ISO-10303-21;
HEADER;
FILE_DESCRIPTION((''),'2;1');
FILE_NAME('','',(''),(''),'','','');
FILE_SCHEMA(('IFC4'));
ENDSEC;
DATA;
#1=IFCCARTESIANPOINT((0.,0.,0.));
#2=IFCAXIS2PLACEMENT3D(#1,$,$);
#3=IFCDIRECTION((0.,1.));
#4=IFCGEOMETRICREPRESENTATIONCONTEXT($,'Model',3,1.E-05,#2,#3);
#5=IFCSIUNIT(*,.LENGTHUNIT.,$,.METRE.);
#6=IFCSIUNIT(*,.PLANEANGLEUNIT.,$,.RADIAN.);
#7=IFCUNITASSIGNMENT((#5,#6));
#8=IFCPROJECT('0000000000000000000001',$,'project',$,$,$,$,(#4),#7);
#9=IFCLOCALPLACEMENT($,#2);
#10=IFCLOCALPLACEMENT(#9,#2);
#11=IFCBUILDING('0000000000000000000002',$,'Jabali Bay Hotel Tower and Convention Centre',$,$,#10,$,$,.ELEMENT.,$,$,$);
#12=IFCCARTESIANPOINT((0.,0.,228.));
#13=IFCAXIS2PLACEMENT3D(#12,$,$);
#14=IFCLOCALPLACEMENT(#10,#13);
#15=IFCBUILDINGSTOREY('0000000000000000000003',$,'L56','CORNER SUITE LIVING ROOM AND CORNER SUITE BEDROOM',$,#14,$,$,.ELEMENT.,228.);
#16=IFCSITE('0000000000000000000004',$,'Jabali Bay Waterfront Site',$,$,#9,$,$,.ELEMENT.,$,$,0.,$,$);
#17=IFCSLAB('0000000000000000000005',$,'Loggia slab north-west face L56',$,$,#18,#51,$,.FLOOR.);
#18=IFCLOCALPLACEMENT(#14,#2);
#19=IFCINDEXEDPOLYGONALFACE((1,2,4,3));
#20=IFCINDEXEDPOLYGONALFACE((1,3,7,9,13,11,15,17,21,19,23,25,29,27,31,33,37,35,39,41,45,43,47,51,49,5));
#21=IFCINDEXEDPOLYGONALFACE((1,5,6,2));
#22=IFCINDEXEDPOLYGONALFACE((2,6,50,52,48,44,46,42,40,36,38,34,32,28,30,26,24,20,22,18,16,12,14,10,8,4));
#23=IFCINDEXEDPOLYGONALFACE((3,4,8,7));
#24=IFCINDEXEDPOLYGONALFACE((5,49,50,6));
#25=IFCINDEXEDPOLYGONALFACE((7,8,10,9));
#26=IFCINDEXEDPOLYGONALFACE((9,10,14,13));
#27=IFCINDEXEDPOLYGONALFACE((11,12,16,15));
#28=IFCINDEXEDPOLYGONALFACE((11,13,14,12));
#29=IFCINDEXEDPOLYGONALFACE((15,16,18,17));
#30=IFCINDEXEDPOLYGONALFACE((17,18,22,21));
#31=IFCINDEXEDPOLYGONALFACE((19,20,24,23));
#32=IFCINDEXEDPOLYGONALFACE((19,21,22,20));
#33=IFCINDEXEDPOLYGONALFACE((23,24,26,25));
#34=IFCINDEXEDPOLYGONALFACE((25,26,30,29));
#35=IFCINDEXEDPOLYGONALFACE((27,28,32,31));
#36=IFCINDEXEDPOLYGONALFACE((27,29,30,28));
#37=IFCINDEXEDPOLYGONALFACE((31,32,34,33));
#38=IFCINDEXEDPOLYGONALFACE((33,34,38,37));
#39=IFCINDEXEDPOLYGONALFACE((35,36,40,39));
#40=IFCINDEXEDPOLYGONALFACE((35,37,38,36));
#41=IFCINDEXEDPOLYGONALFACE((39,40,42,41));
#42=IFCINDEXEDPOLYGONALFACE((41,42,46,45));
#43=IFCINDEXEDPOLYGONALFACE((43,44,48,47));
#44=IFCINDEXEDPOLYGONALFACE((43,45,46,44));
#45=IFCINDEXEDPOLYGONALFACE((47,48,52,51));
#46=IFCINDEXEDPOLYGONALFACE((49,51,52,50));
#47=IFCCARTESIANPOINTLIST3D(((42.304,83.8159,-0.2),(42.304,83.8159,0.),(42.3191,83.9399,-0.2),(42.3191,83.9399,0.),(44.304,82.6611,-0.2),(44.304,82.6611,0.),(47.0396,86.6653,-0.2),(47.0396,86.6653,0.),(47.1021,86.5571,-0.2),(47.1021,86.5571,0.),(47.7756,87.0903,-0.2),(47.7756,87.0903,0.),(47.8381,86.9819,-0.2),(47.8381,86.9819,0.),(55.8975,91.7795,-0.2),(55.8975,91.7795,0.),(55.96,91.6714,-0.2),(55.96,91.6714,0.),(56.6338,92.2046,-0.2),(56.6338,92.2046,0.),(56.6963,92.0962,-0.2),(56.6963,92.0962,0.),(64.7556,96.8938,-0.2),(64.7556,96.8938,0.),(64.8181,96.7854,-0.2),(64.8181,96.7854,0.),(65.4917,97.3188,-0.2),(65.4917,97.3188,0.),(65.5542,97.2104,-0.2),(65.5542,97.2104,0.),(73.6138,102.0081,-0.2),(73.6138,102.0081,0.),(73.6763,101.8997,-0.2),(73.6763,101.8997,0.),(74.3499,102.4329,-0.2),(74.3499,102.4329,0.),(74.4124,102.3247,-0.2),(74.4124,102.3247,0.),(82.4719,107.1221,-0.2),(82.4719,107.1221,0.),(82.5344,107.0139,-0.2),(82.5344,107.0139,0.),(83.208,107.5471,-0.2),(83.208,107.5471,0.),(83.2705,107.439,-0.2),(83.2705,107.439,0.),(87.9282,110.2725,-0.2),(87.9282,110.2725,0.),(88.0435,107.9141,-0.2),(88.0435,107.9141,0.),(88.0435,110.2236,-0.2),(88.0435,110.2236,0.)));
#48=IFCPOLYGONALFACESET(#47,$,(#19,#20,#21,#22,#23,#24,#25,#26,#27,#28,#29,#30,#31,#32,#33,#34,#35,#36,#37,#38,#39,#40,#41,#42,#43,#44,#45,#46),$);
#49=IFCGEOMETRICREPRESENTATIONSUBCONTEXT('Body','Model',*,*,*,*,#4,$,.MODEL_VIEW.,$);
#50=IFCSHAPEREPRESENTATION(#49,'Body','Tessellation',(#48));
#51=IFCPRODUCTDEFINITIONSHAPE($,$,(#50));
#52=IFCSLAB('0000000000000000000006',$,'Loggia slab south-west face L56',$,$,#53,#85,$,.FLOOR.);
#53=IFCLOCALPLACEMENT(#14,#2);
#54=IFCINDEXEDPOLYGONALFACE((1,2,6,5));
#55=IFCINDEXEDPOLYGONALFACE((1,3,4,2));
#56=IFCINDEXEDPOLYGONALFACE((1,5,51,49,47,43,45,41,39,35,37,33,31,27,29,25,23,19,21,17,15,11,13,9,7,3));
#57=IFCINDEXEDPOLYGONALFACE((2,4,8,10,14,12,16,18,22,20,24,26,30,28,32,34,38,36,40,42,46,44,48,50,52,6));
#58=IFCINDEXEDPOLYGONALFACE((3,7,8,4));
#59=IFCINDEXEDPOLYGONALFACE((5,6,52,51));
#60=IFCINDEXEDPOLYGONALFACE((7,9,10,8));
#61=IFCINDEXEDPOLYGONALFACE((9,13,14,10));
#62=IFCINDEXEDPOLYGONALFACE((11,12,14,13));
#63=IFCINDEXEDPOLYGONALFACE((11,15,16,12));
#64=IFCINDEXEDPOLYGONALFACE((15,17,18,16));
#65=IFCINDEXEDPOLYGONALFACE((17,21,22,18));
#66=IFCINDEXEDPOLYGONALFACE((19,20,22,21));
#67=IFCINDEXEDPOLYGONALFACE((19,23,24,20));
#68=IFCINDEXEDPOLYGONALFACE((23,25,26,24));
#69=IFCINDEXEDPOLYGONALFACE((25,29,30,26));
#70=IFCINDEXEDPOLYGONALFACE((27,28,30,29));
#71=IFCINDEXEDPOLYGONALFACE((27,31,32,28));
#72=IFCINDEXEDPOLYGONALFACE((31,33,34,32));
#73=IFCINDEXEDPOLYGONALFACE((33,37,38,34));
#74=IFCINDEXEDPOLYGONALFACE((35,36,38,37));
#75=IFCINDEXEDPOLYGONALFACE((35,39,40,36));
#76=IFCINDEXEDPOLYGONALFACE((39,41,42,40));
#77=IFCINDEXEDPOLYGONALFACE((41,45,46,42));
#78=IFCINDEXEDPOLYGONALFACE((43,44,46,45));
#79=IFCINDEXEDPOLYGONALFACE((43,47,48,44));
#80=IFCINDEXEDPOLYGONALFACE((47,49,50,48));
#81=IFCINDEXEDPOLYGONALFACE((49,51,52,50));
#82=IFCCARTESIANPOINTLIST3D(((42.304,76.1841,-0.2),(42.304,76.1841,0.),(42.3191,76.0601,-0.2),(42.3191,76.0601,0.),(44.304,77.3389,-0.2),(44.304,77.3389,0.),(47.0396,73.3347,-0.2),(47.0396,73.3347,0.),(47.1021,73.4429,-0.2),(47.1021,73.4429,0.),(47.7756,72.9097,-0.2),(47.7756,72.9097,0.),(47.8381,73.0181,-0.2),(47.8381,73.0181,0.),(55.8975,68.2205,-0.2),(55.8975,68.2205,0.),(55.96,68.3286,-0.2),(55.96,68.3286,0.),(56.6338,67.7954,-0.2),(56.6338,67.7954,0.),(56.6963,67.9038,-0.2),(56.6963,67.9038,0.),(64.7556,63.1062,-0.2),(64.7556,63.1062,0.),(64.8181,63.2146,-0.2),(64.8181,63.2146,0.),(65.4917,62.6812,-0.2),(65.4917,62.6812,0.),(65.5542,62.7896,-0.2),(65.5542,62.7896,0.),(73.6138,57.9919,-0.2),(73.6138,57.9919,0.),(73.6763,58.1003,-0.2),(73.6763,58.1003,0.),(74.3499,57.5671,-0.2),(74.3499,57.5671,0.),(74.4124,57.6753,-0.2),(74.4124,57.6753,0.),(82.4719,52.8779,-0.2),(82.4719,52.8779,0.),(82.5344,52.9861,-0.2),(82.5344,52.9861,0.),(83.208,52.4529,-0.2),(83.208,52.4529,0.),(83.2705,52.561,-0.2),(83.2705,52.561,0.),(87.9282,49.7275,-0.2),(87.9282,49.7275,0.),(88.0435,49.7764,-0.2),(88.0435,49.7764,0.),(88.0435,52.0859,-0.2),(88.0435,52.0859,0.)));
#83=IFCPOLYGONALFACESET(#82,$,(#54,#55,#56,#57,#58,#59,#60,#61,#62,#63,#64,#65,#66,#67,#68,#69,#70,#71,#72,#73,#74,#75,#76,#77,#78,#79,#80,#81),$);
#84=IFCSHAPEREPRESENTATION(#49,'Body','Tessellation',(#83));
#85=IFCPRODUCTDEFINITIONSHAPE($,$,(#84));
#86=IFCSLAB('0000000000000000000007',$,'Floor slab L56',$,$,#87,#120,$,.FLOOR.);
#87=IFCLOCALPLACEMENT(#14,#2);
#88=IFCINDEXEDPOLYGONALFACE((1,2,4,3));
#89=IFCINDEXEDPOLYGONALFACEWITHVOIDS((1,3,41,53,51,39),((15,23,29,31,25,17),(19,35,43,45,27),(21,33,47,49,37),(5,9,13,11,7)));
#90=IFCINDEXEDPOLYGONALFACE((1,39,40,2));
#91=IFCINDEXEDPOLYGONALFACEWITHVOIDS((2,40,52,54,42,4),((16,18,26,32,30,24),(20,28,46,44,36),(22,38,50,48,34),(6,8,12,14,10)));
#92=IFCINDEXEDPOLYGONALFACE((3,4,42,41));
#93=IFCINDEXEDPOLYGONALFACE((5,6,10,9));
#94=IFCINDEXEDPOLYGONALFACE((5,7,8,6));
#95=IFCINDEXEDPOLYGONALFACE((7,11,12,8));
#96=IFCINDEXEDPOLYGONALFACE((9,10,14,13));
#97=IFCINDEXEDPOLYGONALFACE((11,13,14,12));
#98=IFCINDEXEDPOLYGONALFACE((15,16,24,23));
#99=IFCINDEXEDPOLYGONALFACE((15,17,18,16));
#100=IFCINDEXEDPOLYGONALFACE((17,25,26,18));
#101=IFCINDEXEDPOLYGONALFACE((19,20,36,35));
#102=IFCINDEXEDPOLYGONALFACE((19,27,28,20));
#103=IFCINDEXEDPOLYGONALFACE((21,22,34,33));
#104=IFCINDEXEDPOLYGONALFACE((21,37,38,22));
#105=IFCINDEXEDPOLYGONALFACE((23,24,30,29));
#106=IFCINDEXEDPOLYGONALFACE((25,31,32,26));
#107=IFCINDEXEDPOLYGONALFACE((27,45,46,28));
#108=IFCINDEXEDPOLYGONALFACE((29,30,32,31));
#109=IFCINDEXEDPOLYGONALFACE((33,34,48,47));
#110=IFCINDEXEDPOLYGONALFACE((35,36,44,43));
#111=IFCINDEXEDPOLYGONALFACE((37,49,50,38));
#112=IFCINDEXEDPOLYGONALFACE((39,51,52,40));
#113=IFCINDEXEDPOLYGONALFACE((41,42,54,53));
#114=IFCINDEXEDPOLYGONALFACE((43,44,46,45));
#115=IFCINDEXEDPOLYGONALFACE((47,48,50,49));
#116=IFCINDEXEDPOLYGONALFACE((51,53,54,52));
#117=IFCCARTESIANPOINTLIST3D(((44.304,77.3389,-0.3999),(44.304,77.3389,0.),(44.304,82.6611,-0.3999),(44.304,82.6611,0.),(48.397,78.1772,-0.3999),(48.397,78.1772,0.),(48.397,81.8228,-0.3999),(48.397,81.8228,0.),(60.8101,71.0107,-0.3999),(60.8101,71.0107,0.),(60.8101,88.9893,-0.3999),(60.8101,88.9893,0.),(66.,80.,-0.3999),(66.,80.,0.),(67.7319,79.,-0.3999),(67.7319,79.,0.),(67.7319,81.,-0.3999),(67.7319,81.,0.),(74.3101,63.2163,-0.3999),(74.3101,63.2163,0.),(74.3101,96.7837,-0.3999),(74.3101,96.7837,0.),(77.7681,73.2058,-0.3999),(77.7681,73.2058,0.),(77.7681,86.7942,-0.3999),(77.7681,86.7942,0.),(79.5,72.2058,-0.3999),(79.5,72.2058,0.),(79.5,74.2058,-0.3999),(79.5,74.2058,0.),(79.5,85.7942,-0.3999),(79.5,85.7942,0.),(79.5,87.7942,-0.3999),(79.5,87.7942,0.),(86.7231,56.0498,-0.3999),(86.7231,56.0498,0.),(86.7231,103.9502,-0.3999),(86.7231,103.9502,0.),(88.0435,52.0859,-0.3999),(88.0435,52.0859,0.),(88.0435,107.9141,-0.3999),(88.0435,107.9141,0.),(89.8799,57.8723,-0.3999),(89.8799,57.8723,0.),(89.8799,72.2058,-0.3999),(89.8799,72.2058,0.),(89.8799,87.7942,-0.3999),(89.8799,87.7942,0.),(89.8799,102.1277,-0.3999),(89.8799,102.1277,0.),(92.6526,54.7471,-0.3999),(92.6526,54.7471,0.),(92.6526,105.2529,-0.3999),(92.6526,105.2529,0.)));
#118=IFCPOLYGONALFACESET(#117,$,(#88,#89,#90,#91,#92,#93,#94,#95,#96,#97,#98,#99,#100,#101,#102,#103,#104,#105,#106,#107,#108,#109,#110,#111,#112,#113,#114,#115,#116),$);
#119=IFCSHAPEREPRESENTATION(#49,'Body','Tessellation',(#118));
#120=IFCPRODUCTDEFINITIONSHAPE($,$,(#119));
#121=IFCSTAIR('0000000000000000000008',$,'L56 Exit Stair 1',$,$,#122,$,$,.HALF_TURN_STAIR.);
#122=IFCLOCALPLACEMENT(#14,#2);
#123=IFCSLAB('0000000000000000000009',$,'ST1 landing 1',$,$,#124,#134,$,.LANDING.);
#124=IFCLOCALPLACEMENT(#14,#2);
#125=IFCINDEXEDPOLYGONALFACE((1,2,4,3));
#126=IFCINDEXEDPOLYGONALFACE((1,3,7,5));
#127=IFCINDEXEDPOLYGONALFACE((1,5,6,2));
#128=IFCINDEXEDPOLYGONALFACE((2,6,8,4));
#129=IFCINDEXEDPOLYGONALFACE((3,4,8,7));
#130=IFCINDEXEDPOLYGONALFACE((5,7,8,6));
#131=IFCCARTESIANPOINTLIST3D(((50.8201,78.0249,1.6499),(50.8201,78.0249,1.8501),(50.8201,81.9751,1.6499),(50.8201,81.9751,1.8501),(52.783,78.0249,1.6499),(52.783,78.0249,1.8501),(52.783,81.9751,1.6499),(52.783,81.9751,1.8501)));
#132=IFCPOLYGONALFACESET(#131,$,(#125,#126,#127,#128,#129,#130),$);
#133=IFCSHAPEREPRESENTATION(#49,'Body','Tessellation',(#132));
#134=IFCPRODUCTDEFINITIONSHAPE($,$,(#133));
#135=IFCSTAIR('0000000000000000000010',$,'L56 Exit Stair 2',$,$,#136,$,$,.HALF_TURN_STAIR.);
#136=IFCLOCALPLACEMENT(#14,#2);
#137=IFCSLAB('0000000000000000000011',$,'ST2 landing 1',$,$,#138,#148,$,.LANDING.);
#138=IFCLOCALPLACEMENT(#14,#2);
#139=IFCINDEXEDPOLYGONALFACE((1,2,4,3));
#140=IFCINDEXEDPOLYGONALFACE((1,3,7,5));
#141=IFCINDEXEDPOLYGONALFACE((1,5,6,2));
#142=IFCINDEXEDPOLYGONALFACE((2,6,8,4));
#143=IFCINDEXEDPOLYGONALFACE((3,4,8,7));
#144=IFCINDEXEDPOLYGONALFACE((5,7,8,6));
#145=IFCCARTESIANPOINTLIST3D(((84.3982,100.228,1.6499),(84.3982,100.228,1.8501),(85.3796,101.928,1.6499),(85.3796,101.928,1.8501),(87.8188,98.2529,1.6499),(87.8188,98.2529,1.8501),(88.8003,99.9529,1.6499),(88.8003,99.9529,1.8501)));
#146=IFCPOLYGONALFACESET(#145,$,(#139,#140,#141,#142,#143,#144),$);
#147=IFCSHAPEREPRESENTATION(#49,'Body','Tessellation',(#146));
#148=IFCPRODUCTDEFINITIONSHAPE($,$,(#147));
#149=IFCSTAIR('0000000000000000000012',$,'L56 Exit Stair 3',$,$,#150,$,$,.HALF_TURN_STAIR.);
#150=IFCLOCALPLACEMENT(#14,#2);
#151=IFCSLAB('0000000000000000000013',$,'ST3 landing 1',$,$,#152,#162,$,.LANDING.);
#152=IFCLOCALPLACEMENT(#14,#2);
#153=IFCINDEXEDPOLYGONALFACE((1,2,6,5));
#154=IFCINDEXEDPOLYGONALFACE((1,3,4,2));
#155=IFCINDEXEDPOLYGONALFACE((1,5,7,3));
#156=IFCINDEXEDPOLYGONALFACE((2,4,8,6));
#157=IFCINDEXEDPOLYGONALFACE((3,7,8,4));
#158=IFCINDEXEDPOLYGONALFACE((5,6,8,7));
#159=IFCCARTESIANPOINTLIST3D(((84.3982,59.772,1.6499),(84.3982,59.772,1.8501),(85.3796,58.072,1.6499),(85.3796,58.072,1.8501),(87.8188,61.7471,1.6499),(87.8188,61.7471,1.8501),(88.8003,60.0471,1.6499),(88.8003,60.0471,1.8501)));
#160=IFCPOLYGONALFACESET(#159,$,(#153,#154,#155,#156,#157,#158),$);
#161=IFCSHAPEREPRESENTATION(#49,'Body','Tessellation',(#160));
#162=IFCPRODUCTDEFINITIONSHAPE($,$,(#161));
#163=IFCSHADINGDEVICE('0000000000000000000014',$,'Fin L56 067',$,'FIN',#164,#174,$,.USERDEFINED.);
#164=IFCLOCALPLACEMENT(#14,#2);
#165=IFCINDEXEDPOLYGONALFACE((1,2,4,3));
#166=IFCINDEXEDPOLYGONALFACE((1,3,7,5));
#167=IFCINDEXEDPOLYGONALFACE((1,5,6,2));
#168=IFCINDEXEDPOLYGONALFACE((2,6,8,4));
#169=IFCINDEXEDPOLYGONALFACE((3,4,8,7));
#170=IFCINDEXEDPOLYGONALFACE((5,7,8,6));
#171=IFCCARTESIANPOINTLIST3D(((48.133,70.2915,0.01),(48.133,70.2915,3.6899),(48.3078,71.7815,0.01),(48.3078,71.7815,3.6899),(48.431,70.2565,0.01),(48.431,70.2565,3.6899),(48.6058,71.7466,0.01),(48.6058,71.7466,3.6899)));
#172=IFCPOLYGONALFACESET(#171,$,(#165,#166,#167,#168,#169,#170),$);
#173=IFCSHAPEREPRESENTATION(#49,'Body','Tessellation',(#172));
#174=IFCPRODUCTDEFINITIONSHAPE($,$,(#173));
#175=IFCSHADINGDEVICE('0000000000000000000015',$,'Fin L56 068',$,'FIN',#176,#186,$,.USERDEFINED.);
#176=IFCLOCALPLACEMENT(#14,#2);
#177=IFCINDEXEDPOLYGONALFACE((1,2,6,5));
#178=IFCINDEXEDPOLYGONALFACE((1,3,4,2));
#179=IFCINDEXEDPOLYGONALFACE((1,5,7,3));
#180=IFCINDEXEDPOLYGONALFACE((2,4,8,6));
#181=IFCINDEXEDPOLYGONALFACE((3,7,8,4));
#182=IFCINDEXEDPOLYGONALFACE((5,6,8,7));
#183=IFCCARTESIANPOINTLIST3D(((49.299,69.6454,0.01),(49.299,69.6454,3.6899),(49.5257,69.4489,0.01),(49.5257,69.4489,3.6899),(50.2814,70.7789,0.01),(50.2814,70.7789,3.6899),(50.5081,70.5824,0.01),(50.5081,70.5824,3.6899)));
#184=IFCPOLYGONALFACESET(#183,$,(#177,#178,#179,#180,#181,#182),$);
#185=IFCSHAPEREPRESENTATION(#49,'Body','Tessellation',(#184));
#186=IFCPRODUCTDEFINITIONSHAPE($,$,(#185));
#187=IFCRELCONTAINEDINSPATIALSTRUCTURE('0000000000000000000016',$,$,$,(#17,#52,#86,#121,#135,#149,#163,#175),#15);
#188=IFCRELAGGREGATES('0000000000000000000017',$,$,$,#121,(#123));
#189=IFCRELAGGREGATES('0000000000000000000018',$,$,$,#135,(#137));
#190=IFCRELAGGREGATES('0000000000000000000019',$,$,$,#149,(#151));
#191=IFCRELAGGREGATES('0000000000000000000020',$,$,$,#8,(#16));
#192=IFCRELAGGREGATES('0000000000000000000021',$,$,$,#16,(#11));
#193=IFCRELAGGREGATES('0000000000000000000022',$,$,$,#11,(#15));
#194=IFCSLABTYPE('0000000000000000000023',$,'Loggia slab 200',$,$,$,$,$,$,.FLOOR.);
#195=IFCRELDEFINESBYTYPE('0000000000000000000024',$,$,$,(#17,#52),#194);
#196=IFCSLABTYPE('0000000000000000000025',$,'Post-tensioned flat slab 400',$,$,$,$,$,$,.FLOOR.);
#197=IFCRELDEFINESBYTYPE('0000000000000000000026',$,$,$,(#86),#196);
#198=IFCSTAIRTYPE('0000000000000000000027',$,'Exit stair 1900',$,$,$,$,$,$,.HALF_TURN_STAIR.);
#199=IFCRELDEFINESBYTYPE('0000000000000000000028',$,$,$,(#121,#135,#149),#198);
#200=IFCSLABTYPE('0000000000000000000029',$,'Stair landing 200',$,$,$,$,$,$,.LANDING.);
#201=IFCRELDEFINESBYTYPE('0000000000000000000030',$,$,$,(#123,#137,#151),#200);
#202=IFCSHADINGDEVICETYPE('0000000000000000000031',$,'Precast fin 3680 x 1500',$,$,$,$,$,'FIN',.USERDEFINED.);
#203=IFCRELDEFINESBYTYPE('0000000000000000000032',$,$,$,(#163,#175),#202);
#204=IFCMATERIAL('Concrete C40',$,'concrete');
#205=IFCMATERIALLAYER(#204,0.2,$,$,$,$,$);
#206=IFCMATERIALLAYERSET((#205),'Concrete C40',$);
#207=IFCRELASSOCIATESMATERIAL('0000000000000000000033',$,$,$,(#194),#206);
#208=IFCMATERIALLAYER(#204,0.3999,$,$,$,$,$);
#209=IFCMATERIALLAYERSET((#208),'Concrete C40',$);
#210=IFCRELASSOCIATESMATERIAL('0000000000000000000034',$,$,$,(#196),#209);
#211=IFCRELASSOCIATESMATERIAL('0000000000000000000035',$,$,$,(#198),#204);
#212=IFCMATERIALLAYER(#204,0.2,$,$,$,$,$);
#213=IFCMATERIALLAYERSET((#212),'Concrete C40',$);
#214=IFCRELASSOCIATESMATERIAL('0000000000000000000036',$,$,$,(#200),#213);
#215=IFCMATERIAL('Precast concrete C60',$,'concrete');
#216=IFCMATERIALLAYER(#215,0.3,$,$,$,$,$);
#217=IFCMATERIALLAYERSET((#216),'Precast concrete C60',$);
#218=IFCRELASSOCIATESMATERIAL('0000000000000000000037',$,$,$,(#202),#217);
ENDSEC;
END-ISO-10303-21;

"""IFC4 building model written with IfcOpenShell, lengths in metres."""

from ifc_helpers import new_model, si_unit, direction, frame, frame_2d, origin, place, context, subcontext, project, spatial, polyline, rectangle, outline, extrude, material, layer, layer_set, type_object, element, aggregate, save


model = new_model("IFC4")

# Units and contexts
model_context = context("Model", 3, precision=1e-05, world=origin(), true_north=direction((0.0, 1.0)))
body_context = subcontext(model_context, "Body", "Model", "MODEL_VIEW")
ifc_project = project(units=[si_unit("LENGTHUNIT", "METRE"), si_unit("PLANEANGLEUNIT", "RADIAN")], contexts=[model_context])

# Site, building, storey
site_placement = place(None, origin())
site = spatial("IfcSite", under=ifc_project, at=site_placement, Name="Jabali Bay Waterfront Site", CompositionType="ELEMENT", RefElevation=0.0)
building_placement = place(site_placement, origin())
building = spatial("IfcBuilding", under=site, at=building_placement, Name="Jabali Bay Hotel Tower and Convention Centre", CompositionType="ELEMENT")
storey_placement = place(building_placement, frame((0.0, 0.0, 228.0)))
storey = spatial("IfcBuildingStorey", under=building, at=storey_placement, Name="L56", Description="CORNER SUITE LIVING ROOM AND CORNER SUITE BEDROOM", CompositionType="ELEMENT", Elevation=228.0)

# Slabs
ifc_material_1 = material(Name="Concrete C40", Category="concrete")
ifc_layer_1 = layer(ifc_material_1, 0.2)
ifc_layer_set_1 = layer_set([ifc_layer_1], Name="Concrete C40")
slab_type_1 = type_object("IfcSlabType", Name="Loggia slab 200", PredefinedType="FLOOR", material=ifc_layer_set_1)
slab_1_placement = place(storey_placement, frame((0.0, 0.0, -0.2)))
element("IfcSlab", 1, at=slab_1_placement, inside=storey, type_object=slab_type_1, Name="Loggia slab north-west face L56", PredefinedType="FLOOR", context=body_context, shape_type="SweptSolid", body=[
    extrude(outline(polyline([(44.304, 82.6611), (42.304, 83.8159), (42.3191, 83.9399), (47.0396, 86.6653), (47.1021, 86.5571), (47.8381, 86.9819), (47.7756, 87.0903), (55.8975, 91.7795), (55.96, 91.6714), (56.6963, 92.0962), (56.6338, 92.2046), (64.7556, 96.8938), (64.8181, 96.7854), (65.5542, 97.2104), (65.4917, 97.3188), (73.6138, 102.0081), (73.6763, 101.8997), (74.4124, 102.3247), (74.3499, 102.4329), (82.4719, 107.1221), (82.5344, 107.0139), (83.2705, 107.439), (83.208, 107.5471), (87.9282, 110.2725), (88.0435, 110.2236), (88.0435, 107.9141), (44.304, 82.6611)])), origin(), (0.0, 0.0, 1.0), 0.2),
])
slab_2_placement = place(storey_placement, frame((0.0, 0.0, -0.2)))
element("IfcSlab", 2, at=slab_2_placement, inside=storey, type_object=slab_type_1, Name="Loggia slab south-west face L56", PredefinedType="FLOOR", context=body_context, shape_type="SweptSolid", body=[
    extrude(outline(polyline([(88.0435, 52.0859), (88.0435, 49.7764), (87.9282, 49.7275), (83.208, 52.4529), (83.2705, 52.561), (82.5344, 52.9861), (82.4719, 52.8779), (74.3499, 57.5671), (74.4124, 57.6753), (73.6763, 58.1003), (73.6138, 57.9919), (65.4917, 62.6812), (65.5542, 62.7896), (64.8181, 63.2146), (64.7556, 63.1062), (56.6338, 67.7954), (56.6963, 67.9038), (55.96, 68.3286), (55.8975, 68.2205), (47.7756, 72.9097), (47.8381, 73.0181), (47.1021, 73.4429), (47.0396, 73.3347), (42.3191, 76.0601), (42.304, 76.1841), (44.304, 77.3389), (88.0435, 52.0859)])), origin(), (0.0, 0.0, 1.0), 0.2),
])
ifc_layer_2 = layer(ifc_material_1, 0.3999)
ifc_layer_set_2 = layer_set([ifc_layer_2], Name="Concrete C40")
slab_type_2 = type_object("IfcSlabType", Name="Post-tensioned flat slab 400", PredefinedType="FLOOR", material=ifc_layer_set_2)
slab_3_placement = place(storey_placement, frame((0.0, 0.0, -0.3999)))
element("IfcSlab", 3, at=slab_3_placement, inside=storey, type_object=slab_type_2, Name="Floor slab L56", PredefinedType="FLOOR", context=body_context, shape_type="SweptSolid", body=[
    extrude(outline(polyline([(88.0435, 107.9141), (92.6526, 105.2529), (92.6526, 54.7471), (88.0435, 52.0859), (44.304, 77.3389), (44.304, 82.6611), (88.0435, 107.9141)]), holes=[polyline([(67.7319, 79.0), (77.7681, 73.2058), (79.5, 74.2058), (79.5, 85.7942), (77.7681, 86.7942), (67.7319, 81.0), (67.7319, 79.0)]), polyline([(48.397, 78.1772), (60.8101, 71.0107), (66.0, 80.0), (60.8101, 88.9893), (48.397, 81.8228), (48.397, 78.1772)]), polyline([(89.8799, 102.1277), (86.7231, 103.9502), (74.3101, 96.7837), (79.5, 87.7942), (89.8799, 87.7942), (89.8799, 102.1277)]), polyline([(74.3101, 63.2163), (86.7231, 56.0498), (89.8799, 57.8723), (89.8799, 72.2058), (79.5, 72.2058), (74.3101, 63.2163)])]), origin(), (0.0, 0.0, 1.0), 0.3999),
])

# Stairs, slabs
stair_type = type_object("IfcStairType", Name="Exit stair 1900", PredefinedType="HALF_TURN_STAIR", material=ifc_material_1)
stair_1_placement = place(storey_placement, origin())
stair_1 = element("IfcStair", 4, at=stair_1_placement, inside=storey, type_object=stair_type, Name="L56 Exit Stair 1", PredefinedType="HALF_TURN_STAIR")
ifc_layer_3 = layer(ifc_material_1, 0.2)
ifc_layer_set_3 = layer_set([ifc_layer_3], Name="Concrete C40")
slab_type_3 = type_object("IfcSlabType", Name="Stair landing 200", PredefinedType="LANDING", material=ifc_layer_set_3)
slab_4_placement = place(storey_placement, frame((0.0, 0.0, 1.6499)))
slab_4 = element("IfcSlab", 5, at=slab_4_placement, type_object=slab_type_3, Name="ST1 landing 1", PredefinedType="LANDING", context=body_context, shape_type="SweptSolid", body=[
    extrude(outline(polyline([(52.783, 81.9751), (50.8201, 81.9751), (50.8201, 78.0249), (52.783, 78.0249), (52.783, 81.9751)])), origin(), (0.0, 0.0, 1.0), 0.2002),
])
aggregate(stair_1, [slab_4])
stair_2_placement = place(storey_placement, origin())
stair_2 = element("IfcStair", 6, at=stair_2_placement, inside=storey, type_object=stair_type, Name="L56 Exit Stair 2", PredefinedType="HALF_TURN_STAIR")
slab_5_placement = place(storey_placement, frame((0.0, 0.0, 1.6499)))
slab_5 = element("IfcSlab", 7, at=slab_5_placement, type_object=slab_type_3, Name="ST2 landing 1", PredefinedType="LANDING", context=body_context, shape_type="SweptSolid", body=[
    extrude(outline(polyline([(87.8188, 98.2529), (88.8003, 99.9529), (85.3796, 101.928), (84.3982, 100.228), (87.8188, 98.2529)])), origin(), (0.0, 0.0, 1.0), 0.2002),
])
aggregate(stair_2, [slab_5])
stair_3_placement = place(storey_placement, origin())
stair_3 = element("IfcStair", 8, at=stair_3_placement, inside=storey, type_object=stair_type, Name="L56 Exit Stair 3", PredefinedType="HALF_TURN_STAIR")
slab_6_placement = place(storey_placement, frame((0.0, 0.0, 1.6499)))
slab_6 = element("IfcSlab", 9, at=slab_6_placement, type_object=slab_type_3, Name="ST3 landing 1", PredefinedType="LANDING", context=body_context, shape_type="SweptSolid", body=[
    extrude(outline(polyline([(84.3982, 59.772), (85.3796, 58.072), (88.8003, 60.0471), (87.8188, 61.7471), (84.3982, 59.772)])), origin(), (0.0, 0.0, 1.0), 0.2002),
])
aggregate(stair_3, [slab_6])

# Shading devices
ifc_material_2 = material(Name="Precast concrete C60", Category="concrete")
ifc_layer_4 = layer(ifc_material_2, 0.3)
ifc_layer_set_4 = layer_set([ifc_layer_4], Name="Precast concrete C60")
shading_device_type = type_object("IfcShadingDeviceType", Name="Precast fin 3680 x 1500", ElementType="FIN", PredefinedType="USERDEFINED", material=ifc_layer_set_4)
shading_device_1_placement = place(storey_placement, frame((48.4568, 71.7639, 0.01), z_axis=(0.0, 0.0, 1.0), x_axis=(-0.11652, -0.993188, 0.0)))
element("IfcShadingDevice", 10, at=shading_device_1_placement, inside=storey, type_object=shading_device_type, Name="Fin L56 067", ObjectType="FIN", PredefinedType="USERDEFINED", context=body_context, shape_type="SweptSolid", body=[
    extrude(rectangle(XDim=1.5002, YDim=0.3, at=frame_2d((0.75, 0.0))), origin(), (0.0, 0.0, 1.0), 3.6799),
])
shading_device_2_placement = place(storey_placement, frame((50.3948, 70.6807, 0.01), z_axis=(0.0, 0.0, 1.0), x_axis=(-0.654937, -0.755684, 0.0)))
element("IfcShadingDevice", 11, at=shading_device_2_placement, inside=storey, type_object=shading_device_type, Name="Fin L56 068", ObjectType="FIN", PredefinedType="USERDEFINED", context=body_context, shape_type="SweptSolid", body=[
    extrude(rectangle(XDim=1.5, YDim=0.3, at=frame_2d((0.75, 0.0))), origin(), (0.0, 0.0, 1.0), 3.6799),
])

save(model, "model.ifc")
